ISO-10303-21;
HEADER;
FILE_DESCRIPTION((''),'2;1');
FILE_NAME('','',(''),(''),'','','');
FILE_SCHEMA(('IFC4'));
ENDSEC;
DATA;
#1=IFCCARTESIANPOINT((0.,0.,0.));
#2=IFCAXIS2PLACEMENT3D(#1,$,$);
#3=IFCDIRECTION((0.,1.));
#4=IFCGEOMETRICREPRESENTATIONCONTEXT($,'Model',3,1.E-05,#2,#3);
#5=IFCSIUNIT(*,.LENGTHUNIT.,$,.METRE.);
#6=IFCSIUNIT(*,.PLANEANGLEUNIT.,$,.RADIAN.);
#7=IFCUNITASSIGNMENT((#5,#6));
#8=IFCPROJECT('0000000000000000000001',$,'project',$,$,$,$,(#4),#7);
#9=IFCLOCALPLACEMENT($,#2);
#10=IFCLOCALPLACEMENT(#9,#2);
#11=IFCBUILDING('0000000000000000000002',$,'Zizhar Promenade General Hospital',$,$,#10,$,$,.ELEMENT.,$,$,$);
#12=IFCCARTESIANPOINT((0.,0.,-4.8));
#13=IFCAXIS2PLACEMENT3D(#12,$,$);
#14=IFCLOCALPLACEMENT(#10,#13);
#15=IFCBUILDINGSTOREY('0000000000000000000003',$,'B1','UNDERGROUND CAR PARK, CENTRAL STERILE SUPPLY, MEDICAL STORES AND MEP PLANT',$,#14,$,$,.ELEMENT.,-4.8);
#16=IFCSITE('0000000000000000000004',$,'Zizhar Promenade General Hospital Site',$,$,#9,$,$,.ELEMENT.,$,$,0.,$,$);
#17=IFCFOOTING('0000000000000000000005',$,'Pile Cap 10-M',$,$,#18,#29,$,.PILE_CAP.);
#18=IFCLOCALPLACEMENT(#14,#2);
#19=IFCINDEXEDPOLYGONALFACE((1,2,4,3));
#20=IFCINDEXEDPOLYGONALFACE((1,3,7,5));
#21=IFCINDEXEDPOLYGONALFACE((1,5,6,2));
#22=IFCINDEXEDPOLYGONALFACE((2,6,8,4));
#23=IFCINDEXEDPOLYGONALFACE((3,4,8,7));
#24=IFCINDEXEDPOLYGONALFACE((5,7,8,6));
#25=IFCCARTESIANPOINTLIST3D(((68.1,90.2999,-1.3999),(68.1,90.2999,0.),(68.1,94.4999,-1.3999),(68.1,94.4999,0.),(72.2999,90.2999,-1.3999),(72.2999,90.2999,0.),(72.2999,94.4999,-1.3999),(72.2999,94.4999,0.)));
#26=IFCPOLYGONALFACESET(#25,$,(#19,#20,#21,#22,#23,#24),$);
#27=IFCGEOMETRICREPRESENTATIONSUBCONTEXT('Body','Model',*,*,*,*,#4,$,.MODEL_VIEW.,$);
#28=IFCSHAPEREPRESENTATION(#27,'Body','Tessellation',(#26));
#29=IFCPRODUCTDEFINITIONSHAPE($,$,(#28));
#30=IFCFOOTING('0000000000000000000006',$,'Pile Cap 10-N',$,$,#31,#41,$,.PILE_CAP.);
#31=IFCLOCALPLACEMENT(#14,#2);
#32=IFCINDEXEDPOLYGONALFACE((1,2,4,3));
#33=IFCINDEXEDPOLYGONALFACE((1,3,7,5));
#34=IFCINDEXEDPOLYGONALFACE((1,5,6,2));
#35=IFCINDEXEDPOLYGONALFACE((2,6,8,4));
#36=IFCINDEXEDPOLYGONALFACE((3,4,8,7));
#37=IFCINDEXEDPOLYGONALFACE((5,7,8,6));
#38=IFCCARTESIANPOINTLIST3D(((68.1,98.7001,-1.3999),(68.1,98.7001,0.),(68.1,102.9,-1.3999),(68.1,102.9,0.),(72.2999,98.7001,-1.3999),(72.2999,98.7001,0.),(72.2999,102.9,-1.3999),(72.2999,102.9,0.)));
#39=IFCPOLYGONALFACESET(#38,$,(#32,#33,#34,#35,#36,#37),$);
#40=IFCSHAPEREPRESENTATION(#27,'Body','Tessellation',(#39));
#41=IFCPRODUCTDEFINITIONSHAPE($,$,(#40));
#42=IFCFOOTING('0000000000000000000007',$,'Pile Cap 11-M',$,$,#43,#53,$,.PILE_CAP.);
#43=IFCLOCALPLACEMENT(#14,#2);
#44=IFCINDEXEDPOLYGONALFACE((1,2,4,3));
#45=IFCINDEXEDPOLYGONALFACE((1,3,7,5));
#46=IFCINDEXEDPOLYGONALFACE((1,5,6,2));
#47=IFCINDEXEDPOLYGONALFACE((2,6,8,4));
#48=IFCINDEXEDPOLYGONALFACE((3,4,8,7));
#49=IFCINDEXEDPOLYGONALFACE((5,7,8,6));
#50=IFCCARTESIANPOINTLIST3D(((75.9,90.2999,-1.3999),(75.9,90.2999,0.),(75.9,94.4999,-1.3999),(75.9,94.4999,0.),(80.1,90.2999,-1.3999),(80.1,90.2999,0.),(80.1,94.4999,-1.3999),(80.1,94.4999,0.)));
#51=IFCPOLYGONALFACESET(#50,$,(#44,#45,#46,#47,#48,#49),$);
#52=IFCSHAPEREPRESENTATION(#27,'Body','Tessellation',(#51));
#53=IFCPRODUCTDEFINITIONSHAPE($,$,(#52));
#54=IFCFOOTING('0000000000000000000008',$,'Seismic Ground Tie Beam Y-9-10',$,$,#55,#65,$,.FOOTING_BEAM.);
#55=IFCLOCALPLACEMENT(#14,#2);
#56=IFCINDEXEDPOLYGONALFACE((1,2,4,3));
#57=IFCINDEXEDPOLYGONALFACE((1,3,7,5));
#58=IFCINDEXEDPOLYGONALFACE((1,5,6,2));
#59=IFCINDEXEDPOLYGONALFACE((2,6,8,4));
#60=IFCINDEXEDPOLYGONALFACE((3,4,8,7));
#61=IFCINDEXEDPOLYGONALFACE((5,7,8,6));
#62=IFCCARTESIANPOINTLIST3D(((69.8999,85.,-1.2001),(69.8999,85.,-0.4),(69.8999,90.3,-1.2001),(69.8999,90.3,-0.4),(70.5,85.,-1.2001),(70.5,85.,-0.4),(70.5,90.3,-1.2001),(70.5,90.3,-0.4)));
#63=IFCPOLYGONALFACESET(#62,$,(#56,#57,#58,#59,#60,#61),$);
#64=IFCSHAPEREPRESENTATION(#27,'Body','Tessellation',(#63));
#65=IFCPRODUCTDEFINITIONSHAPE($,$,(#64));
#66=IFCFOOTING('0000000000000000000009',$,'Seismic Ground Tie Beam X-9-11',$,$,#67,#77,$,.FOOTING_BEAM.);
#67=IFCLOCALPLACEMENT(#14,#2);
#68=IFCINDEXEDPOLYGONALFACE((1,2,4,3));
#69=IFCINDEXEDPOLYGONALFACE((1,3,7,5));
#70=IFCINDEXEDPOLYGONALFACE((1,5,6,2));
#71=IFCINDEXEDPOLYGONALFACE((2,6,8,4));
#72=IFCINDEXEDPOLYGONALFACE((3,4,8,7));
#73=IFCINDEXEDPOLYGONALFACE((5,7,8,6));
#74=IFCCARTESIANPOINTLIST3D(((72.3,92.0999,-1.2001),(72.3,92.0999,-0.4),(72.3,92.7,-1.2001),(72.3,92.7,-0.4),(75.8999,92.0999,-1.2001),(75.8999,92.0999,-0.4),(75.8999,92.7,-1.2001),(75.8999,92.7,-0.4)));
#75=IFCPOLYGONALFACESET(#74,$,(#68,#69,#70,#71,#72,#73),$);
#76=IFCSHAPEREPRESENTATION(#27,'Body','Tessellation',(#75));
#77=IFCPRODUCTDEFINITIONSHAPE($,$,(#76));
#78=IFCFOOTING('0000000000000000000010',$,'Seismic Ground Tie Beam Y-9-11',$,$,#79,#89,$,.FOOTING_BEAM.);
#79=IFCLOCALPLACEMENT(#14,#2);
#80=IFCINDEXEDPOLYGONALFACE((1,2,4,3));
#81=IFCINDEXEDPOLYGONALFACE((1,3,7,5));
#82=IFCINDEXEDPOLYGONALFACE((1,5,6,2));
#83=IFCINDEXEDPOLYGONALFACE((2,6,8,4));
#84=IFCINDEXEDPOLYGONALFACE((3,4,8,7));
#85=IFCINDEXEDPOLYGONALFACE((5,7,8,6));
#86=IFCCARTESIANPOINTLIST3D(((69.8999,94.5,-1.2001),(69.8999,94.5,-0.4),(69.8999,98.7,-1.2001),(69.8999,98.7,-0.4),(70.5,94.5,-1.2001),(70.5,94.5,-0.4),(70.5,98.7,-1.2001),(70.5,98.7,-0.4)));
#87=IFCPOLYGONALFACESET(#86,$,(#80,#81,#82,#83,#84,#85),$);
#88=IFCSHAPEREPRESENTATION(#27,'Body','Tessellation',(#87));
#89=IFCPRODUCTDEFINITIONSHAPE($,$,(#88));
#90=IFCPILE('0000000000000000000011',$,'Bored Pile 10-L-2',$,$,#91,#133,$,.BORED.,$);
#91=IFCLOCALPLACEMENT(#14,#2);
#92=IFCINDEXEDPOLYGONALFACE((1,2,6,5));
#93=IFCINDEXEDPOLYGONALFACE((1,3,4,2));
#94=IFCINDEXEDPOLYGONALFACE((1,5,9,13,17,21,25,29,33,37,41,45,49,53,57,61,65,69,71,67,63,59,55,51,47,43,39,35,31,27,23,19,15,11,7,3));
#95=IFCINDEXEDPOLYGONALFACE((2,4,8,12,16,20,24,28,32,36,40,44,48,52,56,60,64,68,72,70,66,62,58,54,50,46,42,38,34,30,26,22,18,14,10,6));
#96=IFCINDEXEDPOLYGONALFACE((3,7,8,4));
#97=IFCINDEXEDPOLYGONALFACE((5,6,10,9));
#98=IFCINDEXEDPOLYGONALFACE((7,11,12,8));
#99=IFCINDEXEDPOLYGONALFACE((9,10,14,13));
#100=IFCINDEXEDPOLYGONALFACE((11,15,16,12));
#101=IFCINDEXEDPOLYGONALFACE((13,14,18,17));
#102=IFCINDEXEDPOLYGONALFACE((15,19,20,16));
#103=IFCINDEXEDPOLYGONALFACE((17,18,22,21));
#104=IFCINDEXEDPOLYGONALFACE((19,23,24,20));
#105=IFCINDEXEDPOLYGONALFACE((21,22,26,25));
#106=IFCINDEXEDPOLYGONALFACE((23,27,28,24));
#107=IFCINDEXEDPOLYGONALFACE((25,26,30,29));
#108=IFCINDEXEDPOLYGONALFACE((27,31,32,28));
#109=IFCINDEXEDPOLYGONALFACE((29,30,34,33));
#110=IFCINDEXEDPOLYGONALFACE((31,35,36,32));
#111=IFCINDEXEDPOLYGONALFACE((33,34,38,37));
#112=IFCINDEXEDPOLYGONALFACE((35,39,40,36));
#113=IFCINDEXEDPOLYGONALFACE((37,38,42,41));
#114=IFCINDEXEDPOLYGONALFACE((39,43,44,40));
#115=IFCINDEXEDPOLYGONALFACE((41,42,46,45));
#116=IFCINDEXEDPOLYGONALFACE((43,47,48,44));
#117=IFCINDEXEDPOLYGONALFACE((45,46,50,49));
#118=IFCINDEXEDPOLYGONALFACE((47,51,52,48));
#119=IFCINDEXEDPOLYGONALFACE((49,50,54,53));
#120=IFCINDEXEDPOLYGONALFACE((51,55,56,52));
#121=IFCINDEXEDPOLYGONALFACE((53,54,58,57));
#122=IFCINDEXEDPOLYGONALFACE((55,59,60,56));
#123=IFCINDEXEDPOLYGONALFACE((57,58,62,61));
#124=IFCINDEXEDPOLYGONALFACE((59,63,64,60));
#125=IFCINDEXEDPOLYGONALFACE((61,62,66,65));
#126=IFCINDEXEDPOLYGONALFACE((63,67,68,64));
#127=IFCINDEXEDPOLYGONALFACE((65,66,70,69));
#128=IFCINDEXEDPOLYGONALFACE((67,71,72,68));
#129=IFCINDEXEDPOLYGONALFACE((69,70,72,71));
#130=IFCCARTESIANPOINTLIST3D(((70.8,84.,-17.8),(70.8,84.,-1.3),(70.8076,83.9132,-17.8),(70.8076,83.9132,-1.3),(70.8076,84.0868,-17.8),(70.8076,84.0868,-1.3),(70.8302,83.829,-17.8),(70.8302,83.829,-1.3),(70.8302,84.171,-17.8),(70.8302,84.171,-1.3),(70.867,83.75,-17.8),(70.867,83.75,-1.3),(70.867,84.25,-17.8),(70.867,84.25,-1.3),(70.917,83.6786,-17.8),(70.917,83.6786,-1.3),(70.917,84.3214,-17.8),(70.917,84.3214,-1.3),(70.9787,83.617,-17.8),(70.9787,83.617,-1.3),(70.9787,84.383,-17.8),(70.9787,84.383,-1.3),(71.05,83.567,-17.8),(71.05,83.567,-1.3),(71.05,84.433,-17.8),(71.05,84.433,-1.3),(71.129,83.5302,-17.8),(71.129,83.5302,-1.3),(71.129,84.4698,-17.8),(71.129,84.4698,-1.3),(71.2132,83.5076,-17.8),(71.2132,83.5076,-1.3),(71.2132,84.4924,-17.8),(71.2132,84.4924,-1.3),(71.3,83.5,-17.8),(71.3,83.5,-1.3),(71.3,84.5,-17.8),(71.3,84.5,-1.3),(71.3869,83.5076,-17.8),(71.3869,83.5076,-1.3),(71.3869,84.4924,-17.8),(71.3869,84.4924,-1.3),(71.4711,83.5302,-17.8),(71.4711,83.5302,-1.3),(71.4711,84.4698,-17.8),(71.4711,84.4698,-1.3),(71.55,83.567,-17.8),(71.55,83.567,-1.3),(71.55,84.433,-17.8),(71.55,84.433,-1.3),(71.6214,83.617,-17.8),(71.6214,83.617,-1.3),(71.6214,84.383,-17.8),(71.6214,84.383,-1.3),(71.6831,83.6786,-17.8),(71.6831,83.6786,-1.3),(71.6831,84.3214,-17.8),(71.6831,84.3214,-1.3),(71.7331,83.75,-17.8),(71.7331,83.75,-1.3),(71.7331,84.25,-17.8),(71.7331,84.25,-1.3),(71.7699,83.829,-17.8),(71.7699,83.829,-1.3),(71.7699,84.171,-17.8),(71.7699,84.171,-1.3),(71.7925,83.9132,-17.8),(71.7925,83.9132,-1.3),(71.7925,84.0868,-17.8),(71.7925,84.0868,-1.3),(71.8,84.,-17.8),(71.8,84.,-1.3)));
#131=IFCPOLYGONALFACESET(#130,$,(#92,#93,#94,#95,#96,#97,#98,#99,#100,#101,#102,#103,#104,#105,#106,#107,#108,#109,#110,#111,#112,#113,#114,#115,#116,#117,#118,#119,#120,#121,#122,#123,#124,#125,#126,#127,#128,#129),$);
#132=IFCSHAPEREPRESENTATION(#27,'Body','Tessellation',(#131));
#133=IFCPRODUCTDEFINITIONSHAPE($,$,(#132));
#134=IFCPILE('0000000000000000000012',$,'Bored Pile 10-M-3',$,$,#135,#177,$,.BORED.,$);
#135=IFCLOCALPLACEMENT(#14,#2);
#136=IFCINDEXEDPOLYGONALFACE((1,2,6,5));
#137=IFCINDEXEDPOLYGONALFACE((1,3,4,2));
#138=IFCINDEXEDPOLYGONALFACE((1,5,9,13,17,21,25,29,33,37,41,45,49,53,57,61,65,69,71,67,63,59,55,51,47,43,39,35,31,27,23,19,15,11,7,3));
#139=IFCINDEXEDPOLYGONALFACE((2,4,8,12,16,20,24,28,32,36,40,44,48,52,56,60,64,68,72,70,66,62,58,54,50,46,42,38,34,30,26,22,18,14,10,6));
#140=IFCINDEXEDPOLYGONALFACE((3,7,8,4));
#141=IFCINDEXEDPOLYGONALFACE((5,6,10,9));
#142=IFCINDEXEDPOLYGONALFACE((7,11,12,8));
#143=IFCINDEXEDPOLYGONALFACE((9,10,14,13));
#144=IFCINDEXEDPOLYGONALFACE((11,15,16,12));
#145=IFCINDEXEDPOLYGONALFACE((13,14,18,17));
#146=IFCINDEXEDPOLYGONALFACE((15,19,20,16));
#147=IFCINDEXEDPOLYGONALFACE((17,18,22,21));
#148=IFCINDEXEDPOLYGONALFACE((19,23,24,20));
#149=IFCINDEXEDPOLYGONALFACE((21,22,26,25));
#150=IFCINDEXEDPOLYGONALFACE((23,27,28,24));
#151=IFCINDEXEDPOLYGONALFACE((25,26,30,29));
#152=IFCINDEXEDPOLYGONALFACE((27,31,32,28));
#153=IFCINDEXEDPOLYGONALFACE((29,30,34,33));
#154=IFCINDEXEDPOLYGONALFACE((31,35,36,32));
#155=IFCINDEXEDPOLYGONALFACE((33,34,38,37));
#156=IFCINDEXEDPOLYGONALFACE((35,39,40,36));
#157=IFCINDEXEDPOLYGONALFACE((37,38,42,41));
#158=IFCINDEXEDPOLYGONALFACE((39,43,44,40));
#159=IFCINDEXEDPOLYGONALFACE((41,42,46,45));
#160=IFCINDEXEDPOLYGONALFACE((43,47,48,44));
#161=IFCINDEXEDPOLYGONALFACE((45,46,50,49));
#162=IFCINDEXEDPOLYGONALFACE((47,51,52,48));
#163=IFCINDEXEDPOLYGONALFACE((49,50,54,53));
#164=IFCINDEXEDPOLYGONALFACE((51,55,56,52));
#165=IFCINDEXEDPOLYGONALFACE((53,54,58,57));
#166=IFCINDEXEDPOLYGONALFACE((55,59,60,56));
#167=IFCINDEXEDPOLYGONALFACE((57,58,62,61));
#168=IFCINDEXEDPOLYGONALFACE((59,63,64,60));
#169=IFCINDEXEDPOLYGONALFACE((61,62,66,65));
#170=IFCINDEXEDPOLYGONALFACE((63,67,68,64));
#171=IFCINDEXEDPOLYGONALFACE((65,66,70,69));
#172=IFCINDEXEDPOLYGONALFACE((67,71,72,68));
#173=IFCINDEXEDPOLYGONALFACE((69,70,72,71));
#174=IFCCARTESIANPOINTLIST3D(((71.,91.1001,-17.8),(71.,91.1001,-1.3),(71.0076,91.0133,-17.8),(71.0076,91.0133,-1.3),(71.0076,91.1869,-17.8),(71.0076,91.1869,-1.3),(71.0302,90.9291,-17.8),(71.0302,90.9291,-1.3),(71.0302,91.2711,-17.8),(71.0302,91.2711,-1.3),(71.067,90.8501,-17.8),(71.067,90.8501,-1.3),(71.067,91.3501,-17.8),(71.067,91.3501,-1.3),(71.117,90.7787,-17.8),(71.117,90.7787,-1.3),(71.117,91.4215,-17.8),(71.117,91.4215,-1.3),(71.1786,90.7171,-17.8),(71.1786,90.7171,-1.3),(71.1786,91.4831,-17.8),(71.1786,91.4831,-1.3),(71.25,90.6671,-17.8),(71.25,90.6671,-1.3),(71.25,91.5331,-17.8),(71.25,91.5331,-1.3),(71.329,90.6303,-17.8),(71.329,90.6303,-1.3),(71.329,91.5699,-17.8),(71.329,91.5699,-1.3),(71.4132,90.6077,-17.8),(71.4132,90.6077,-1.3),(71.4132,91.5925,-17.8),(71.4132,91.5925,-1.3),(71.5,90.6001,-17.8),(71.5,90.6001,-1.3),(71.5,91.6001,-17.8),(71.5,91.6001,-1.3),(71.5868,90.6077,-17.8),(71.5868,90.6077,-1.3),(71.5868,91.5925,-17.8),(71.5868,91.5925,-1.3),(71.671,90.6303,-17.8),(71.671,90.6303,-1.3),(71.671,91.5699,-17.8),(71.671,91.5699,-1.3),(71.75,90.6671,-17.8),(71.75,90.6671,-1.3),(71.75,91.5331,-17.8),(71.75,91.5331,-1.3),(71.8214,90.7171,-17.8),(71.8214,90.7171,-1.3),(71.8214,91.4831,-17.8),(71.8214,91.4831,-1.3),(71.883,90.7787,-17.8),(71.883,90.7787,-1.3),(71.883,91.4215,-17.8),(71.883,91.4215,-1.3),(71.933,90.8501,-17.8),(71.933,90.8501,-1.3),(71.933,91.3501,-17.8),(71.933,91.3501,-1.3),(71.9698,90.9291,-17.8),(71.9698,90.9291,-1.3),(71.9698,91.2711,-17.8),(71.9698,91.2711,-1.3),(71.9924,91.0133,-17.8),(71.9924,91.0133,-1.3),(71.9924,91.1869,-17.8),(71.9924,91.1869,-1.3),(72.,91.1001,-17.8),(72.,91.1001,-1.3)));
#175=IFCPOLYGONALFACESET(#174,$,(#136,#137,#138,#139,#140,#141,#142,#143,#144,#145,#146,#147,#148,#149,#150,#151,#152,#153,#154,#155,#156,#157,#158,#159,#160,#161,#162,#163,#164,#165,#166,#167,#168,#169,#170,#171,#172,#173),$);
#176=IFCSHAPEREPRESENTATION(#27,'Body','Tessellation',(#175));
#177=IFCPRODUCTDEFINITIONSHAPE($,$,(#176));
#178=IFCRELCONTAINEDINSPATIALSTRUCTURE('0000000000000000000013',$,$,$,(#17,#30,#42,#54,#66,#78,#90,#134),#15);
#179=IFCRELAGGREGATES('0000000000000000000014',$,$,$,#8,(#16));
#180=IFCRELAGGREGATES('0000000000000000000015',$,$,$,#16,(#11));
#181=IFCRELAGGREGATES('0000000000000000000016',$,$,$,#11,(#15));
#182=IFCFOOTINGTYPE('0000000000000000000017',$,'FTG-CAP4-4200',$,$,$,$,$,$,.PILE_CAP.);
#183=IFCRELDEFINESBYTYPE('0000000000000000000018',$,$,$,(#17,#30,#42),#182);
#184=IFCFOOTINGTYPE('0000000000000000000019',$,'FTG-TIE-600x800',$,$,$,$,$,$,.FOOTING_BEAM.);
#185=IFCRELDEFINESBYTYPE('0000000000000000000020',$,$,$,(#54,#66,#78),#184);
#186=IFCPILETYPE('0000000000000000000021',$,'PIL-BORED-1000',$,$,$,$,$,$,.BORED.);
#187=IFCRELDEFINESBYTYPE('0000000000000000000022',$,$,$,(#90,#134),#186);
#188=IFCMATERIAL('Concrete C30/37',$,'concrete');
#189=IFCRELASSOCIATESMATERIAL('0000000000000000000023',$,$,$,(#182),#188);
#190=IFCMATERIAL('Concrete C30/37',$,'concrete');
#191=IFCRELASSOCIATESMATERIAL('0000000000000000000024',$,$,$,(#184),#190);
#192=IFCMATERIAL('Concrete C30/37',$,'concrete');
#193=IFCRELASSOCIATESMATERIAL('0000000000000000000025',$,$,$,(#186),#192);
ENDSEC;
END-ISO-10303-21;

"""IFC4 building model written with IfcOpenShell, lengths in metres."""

from ifc_helpers import new_model, si_unit, direction, frame, origin, origin_2d, place, context, subcontext, project, spatial, rectangle, circle, extrude, material, material_profile, profile_set, type_object, element, save


model = new_model("IFC4")

# Units and contexts
model_context = context("Model", 3, precision=1e-05, world=origin(), true_north=direction((0.0, 1.0)))
body_context = subcontext(model_context, "Body", "Model", "MODEL_VIEW")
ifc_project = project(units=[si_unit("LENGTHUNIT", "METRE"), si_unit("PLANEANGLEUNIT", "RADIAN")], contexts=[model_context])

# Site, building, storey
site_placement = place(None, origin())
site = spatial("IfcSite", under=ifc_project, at=site_placement, Name="Zizhar Promenade General Hospital Site", CompositionType="ELEMENT", RefElevation=0.0)
building_placement = place(site_placement, origin())
building = spatial("IfcBuilding", under=site, at=building_placement, Name="Zizhar Promenade General Hospital", CompositionType="ELEMENT")
storey_placement = place(building_placement, frame((0.0, 0.0, -4.8)))
storey = spatial("IfcBuildingStorey", under=building, at=storey_placement, Name="B1", Description="UNDERGROUND CAR PARK, CENTRAL STERILE SUPPLY, MEDICAL STORES AND MEP PLANT", CompositionType="ELEMENT", Elevation=-4.8)

# Footings
ifc_material_1 = material(Name="Concrete C30/37", Category="concrete")
footing_type_1 = type_object("IfcFootingType", Name="FTG-CAP4-4200", PredefinedType="PILE_CAP", material=ifc_material_1)
for number, where, z_axis, x_axis, name in (
    (1, (70.2, 92.3999, -1.3999), (0.0, 0.0, 1.0), (1.0, 0.0, 0.0), "Pile Cap 10-M"),
    (2, (70.2, 100.8, -1.3999), (0.0, 0.0, 1.0), (1.0, 0.0, 0.0), "Pile Cap 10-N"),
    (3, (78.0, 92.3999, -1.3999), (0.0, 0.0, 1.0), (1.0, 0.0, 0.0), "Pile Cap 11-M"),
):
    element("IfcFooting", number, at=place(storey_placement, frame(where, z_axis=z_axis, x_axis=x_axis)), inside=storey, type_object=footing_type_1, Name=name, PredefinedType="PILE_CAP", context=body_context, shape_type="SweptSolid", body=[
        extrude(rectangle(XDim=4.2, YDim=4.2, at=origin_2d()), origin(), (0.0, 0.0, 1.0), 1.3999),
    ])
ifc_material_2 = material(Name="Concrete C30/37", Category="concrete")
ifc_material_profile_1 = material_profile(ifc_material_2, rectangle(XDim=0.6001, YDim=0.8, at=origin_2d()))
ifc_profile_set_1 = profile_set([ifc_material_profile_1], Name="Concrete C30/37")
footing_type_2 = type_object("IfcFootingType", Name="FTG-TIE-600x800", PredefinedType="FOOTING_BEAM", material=ifc_profile_set_1)
footing_1_placement = place(storey_placement, frame((70.2, 85.0, -0.8), z_axis=(0.0, 1.0, 0.0), x_axis=(-1.0, 0.0, 0.0)))
element("IfcFooting", 4, at=footing_1_placement, inside=storey, type_object=footing_type_2, Name="Seismic Ground Tie Beam Y-9-10", PredefinedType="FOOTING_BEAM", context=body_context, shape_type="SweptSolid", body=[
    extrude(rectangle(XDim=0.6001, YDim=0.8, at=origin_2d()), origin(), (0.0, 0.0, 1.0), 5.3),
])
footing_2_placement = place(storey_placement, frame((72.3, 92.3999, -0.8), z_axis=(1.0, 0.0, 0.0), x_axis=(0.0, 1.0, 0.0)))
element("IfcFooting", 5, at=footing_2_placement, inside=storey, type_object=footing_type_2, Name="Seismic Ground Tie Beam X-9-11", PredefinedType="FOOTING_BEAM", context=body_context, shape_type="SweptSolid", body=[
    extrude(rectangle(XDim=0.6001, YDim=0.8, at=origin_2d()), origin(), (0.0, 0.0, 1.0), 3.5999),
])
footing_3_placement = place(storey_placement, frame((70.2, 94.5, -0.8), z_axis=(0.0, 1.0, 0.0), x_axis=(-1.0, 0.0, 0.0)))
element("IfcFooting", 6, at=footing_3_placement, inside=storey, type_object=footing_type_2, Name="Seismic Ground Tie Beam Y-9-11", PredefinedType="FOOTING_BEAM", context=body_context, shape_type="SweptSolid", body=[
    extrude(rectangle(XDim=0.6001, YDim=0.8, at=origin_2d()), origin(), (0.0, 0.0, 1.0), 4.2),
])

# Piles
ifc_material_3 = material(Name="Concrete C30/37", Category="concrete")
ifc_material_profile_2 = material_profile(ifc_material_3, circle(Radius=0.5, at=origin_2d()))
ifc_profile_set_2 = profile_set([ifc_material_profile_2], Name="Concrete C30/37")
pile_type = type_object("IfcPileType", Name="PIL-BORED-1000", PredefinedType="BORED", material=ifc_profile_set_2)
for number, where, z_axis, x_axis, name in (
    (7, (71.3, 84.0, -1.3), (0.0, 0.0, -1.0), (1.0, 0.0, 0.0), "Bored Pile 10-L-2"),
    (8, (71.5, 91.1001, -1.3), (0.0, 0.0, -1.0), (1.0, 0.0, 0.0), "Bored Pile 10-M-3"),
):
    element("IfcPile", number, at=place(storey_placement, frame(where, z_axis=z_axis, x_axis=x_axis)), inside=storey, type_object=pile_type, Name=name, PredefinedType="BORED", context=body_context, shape_type="SweptSolid", body=[
        extrude(circle(Radius=0.5, at=origin_2d()), origin(), (0.0, 0.0, 1.0), 16.5),
    ])

save(model, "model.ifc")
